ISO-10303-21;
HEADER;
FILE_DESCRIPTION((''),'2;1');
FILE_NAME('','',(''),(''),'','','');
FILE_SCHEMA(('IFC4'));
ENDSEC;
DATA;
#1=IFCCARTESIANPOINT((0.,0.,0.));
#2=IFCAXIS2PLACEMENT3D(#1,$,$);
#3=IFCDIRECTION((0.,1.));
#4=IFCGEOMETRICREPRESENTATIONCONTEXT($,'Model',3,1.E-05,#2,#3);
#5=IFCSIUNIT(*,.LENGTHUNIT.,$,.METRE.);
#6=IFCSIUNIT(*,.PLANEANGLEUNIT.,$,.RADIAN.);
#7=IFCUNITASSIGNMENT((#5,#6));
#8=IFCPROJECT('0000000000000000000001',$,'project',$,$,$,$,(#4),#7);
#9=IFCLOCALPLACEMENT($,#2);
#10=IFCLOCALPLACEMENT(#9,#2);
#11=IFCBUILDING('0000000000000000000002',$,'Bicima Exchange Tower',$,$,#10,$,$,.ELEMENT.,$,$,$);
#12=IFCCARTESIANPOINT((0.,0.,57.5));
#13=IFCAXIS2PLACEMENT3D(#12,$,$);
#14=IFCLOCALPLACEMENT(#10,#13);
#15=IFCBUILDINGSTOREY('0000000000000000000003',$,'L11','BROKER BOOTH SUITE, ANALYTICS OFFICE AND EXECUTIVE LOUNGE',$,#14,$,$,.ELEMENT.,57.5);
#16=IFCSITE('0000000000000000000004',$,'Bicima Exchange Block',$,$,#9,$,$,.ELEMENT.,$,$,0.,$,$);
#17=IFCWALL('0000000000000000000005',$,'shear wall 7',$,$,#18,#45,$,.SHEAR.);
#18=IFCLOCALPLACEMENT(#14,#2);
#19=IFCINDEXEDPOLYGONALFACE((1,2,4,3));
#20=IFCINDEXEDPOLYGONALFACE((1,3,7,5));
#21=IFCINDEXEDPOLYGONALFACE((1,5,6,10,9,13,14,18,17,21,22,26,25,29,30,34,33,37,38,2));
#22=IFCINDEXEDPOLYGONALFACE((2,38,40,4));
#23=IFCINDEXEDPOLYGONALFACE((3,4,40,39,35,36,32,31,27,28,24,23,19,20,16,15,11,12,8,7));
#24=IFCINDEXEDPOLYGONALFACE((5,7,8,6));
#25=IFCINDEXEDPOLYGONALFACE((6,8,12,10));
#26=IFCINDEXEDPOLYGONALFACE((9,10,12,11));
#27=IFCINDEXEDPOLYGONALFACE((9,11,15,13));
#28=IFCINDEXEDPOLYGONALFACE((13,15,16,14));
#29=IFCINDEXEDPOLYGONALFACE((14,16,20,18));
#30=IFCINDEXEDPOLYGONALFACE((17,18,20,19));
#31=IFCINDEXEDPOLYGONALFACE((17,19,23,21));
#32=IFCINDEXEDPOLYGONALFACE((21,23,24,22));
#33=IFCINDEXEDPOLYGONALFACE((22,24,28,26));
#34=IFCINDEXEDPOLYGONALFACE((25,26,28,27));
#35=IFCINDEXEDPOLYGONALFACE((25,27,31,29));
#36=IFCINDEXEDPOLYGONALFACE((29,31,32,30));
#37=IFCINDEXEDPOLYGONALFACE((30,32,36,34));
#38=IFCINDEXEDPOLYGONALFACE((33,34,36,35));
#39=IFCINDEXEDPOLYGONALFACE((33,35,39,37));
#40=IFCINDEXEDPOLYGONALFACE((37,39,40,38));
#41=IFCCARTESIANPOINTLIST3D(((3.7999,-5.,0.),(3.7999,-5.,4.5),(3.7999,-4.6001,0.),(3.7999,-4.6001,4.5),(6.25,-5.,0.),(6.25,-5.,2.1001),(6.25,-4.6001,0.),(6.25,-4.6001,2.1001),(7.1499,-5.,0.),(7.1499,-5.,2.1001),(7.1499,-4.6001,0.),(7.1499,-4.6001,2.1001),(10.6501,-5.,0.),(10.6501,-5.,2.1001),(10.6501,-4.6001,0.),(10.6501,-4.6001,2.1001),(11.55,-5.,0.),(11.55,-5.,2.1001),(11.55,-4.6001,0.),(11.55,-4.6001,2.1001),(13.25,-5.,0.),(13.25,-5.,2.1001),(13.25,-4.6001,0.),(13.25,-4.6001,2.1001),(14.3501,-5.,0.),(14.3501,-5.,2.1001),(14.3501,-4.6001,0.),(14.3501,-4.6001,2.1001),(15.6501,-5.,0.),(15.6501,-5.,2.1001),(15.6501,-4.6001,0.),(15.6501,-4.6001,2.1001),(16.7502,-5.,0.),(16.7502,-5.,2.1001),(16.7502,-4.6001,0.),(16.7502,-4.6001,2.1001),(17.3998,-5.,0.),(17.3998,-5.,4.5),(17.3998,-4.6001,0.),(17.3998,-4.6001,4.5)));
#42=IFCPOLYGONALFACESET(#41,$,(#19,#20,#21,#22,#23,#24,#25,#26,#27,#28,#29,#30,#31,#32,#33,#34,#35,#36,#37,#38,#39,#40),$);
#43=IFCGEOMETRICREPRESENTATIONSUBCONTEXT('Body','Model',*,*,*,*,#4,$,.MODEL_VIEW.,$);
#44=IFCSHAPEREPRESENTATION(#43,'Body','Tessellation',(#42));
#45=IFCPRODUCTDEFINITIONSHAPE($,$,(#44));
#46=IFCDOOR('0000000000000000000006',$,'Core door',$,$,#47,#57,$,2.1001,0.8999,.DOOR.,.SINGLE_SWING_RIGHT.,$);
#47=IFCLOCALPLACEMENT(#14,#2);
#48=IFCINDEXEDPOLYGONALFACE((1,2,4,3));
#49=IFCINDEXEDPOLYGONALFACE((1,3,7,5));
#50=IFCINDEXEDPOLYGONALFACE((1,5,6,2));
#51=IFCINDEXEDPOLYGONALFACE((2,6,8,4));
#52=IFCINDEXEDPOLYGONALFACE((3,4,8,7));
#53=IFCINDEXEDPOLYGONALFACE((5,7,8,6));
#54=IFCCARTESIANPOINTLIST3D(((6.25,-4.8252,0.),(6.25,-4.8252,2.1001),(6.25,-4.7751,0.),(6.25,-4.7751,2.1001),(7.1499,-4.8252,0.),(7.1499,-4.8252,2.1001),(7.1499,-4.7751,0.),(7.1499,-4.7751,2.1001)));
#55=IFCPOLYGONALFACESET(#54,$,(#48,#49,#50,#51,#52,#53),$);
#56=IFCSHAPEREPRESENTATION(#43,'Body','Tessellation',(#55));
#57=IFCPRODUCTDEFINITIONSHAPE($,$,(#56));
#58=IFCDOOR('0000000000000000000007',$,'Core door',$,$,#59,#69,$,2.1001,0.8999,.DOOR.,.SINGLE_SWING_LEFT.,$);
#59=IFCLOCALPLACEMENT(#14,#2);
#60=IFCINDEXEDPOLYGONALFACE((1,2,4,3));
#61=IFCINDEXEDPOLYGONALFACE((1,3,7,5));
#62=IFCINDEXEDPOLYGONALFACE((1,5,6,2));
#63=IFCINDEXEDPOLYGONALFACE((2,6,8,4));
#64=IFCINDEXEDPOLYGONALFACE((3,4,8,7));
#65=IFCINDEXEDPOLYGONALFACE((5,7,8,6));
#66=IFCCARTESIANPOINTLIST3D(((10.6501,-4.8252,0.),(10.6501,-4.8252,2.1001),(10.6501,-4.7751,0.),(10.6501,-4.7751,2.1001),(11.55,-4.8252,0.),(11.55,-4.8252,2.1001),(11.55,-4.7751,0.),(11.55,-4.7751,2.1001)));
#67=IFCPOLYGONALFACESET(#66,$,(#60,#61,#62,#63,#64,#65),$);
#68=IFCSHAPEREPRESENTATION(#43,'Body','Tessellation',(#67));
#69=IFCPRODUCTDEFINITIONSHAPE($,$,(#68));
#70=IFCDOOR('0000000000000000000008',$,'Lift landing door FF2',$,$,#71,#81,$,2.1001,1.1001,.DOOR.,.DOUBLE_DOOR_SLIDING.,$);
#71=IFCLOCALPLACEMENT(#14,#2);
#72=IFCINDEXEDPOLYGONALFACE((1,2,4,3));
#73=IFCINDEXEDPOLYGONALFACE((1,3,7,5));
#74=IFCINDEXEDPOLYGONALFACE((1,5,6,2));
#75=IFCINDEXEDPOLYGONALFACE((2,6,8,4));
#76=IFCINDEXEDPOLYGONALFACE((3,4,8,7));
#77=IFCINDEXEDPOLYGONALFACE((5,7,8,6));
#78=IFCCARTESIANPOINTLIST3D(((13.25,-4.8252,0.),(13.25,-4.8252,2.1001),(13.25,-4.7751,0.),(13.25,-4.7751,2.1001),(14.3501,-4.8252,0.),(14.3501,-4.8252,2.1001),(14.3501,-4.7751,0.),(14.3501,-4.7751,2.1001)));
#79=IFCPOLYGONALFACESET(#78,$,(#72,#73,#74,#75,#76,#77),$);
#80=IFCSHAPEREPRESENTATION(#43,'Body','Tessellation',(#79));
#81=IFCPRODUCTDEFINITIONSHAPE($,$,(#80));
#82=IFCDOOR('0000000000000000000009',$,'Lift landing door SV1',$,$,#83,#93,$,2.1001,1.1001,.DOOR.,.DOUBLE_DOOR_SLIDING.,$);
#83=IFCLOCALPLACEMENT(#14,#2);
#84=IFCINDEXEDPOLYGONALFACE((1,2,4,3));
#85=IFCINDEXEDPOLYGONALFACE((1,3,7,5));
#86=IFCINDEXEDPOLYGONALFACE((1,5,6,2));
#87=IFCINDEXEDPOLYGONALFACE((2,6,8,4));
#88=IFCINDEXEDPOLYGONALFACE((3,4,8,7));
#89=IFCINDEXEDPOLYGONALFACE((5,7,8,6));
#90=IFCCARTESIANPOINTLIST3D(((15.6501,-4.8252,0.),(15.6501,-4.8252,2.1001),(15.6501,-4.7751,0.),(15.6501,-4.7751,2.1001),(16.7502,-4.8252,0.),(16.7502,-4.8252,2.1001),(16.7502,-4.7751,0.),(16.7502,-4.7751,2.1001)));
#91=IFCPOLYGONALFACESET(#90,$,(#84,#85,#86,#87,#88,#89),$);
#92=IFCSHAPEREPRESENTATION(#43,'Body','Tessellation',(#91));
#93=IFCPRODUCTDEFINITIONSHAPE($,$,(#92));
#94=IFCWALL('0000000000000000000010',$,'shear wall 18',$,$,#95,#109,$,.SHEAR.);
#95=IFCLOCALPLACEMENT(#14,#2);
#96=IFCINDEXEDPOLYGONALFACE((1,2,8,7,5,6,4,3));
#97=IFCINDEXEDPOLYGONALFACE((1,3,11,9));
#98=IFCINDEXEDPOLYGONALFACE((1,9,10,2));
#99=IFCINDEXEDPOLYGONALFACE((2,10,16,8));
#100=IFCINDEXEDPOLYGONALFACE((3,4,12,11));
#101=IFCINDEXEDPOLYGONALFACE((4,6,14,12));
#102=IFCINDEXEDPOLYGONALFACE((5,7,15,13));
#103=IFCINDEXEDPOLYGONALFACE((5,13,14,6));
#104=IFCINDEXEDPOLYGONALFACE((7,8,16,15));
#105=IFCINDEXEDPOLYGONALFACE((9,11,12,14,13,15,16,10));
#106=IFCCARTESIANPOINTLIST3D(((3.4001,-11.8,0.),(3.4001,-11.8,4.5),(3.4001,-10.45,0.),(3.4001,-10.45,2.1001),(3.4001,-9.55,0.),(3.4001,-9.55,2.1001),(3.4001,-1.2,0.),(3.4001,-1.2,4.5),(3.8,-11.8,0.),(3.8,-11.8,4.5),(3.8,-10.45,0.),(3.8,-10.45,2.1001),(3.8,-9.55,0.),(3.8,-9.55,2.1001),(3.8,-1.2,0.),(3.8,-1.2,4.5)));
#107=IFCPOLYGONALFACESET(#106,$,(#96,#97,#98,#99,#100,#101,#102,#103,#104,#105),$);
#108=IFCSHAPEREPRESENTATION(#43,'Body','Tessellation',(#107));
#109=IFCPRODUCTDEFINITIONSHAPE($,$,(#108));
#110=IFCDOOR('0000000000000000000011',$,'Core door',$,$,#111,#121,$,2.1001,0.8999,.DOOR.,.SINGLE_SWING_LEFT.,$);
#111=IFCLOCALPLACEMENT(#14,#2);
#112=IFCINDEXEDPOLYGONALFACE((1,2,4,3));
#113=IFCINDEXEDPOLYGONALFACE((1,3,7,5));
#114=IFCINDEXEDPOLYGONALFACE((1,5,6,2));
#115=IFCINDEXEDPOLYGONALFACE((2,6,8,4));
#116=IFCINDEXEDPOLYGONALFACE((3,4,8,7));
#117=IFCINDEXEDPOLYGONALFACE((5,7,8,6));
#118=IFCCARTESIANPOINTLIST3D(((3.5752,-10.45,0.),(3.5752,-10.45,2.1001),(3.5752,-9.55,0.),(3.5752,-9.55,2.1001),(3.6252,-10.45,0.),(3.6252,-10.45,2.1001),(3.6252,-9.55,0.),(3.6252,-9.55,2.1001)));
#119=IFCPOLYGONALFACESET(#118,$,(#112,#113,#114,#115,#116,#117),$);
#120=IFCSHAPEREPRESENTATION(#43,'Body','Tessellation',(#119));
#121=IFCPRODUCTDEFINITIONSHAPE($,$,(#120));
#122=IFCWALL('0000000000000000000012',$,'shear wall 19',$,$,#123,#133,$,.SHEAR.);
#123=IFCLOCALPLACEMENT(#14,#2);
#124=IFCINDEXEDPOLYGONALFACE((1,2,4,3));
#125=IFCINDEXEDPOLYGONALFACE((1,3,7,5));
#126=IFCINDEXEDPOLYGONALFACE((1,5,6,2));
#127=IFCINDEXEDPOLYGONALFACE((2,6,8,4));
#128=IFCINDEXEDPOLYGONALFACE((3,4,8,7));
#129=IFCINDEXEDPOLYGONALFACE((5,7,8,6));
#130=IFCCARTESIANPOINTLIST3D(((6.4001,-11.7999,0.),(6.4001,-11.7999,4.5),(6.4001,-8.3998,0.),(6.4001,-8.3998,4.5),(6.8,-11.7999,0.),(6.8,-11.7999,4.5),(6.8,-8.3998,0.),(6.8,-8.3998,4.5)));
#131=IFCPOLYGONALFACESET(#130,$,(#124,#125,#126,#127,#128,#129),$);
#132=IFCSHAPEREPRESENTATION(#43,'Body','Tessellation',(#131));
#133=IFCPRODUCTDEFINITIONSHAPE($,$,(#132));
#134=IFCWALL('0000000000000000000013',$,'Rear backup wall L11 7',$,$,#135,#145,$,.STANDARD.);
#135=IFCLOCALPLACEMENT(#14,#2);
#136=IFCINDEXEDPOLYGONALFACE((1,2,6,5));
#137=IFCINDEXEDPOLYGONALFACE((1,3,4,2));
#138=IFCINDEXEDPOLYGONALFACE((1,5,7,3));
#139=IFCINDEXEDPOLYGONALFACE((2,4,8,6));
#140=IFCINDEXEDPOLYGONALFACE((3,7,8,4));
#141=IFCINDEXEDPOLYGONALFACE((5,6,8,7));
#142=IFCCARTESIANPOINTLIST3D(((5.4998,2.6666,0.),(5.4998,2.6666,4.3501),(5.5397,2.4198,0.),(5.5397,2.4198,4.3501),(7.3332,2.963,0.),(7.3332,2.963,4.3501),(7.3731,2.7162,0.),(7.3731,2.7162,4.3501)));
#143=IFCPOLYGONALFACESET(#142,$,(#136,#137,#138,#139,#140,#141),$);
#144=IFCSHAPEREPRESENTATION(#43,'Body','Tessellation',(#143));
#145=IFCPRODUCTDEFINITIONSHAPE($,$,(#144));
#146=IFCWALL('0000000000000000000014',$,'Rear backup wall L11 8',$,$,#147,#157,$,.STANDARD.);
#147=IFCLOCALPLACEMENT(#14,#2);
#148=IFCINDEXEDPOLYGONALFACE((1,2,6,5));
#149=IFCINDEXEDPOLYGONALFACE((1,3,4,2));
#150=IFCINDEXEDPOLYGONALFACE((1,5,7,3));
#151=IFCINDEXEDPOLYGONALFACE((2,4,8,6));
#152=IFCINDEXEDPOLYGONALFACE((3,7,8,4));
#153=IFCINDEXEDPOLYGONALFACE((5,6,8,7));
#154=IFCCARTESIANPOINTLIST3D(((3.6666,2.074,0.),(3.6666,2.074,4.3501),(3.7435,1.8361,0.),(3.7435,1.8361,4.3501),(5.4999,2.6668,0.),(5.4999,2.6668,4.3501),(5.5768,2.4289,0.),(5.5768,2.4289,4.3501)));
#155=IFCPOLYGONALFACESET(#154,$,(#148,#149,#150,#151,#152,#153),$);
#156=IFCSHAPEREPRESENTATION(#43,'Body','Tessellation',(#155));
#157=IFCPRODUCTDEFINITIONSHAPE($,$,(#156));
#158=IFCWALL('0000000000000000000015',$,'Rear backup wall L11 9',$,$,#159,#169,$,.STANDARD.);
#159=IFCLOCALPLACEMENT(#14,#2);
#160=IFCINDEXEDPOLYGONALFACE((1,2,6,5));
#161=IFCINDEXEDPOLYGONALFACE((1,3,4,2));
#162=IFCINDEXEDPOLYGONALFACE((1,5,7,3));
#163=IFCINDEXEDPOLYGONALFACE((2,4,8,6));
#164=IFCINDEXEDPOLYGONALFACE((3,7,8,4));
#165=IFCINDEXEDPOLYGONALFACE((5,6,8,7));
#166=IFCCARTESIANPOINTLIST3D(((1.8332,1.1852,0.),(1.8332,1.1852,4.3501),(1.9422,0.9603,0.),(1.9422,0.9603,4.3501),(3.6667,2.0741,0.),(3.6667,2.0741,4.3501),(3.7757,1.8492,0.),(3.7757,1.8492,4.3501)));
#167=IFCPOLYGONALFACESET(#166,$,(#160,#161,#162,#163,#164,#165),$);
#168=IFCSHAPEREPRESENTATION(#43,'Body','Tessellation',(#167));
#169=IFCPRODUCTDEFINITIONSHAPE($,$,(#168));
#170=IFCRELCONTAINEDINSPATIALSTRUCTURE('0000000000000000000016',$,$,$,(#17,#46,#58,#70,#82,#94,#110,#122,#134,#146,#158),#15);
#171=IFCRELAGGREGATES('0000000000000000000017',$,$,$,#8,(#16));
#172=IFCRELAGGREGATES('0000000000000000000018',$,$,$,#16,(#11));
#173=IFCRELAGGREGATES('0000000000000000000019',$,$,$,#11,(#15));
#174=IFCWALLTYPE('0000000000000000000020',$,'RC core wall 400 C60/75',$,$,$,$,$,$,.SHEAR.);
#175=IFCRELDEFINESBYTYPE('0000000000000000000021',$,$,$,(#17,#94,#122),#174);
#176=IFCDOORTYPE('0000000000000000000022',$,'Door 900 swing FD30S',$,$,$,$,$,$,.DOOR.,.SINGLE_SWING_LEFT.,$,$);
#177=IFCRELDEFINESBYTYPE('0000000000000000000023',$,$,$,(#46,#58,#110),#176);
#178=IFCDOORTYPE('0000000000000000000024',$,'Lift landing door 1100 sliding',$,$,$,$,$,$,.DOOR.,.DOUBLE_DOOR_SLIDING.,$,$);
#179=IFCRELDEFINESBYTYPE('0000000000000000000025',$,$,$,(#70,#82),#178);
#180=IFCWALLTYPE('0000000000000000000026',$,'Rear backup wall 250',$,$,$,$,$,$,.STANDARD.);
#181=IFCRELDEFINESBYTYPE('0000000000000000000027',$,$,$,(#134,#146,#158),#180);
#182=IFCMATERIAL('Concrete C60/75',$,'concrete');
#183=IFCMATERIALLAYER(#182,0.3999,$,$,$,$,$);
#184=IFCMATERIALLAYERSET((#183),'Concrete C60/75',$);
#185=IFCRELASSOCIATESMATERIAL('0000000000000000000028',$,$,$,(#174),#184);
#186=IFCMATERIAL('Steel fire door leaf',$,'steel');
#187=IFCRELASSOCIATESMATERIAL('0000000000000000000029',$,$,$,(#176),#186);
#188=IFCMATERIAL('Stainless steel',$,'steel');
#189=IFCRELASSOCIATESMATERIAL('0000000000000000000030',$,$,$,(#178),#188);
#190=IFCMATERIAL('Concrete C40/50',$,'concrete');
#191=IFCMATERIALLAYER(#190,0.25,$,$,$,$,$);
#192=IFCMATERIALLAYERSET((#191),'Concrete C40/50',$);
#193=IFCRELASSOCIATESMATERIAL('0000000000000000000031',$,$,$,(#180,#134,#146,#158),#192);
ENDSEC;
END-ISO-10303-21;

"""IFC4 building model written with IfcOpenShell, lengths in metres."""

from ifc_helpers import new_model, si_unit, direction, frame, frame_2d, origin, place, context, subcontext, project, spatial, rectangle, extrude, material, layer, layer_set, layer_usage, type_object, element, fill, save


model = new_model("IFC4")

# Units and contexts
model_context = context("Model", 3, precision=1e-05, world=origin(), true_north=direction((0.0, 1.0)))
body_context = subcontext(model_context, "Body", "Model", "MODEL_VIEW")
ifc_project = project(units=[si_unit("LENGTHUNIT", "METRE"), si_unit("PLANEANGLEUNIT", "RADIAN")], contexts=[model_context])

# Site, building, storey
site_placement = place(None, origin())
site = spatial("IfcSite", under=ifc_project, at=site_placement, Name="Bicima Exchange Block", CompositionType="ELEMENT", RefElevation=0.0)
building_placement = place(site_placement, origin())
building = spatial("IfcBuilding", under=site, at=building_placement, Name="Bicima Exchange Tower", CompositionType="ELEMENT")
storey_placement = place(building_placement, frame((0.0, 0.0, 57.5)))
storey = spatial("IfcBuildingStorey", under=building, at=storey_placement, Name="L11", Description="BROKER BOOTH SUITE, ANALYTICS OFFICE AND EXECUTIVE LOUNGE", CompositionType="ELEMENT", Elevation=57.5)

# Shared definitions
ifc_material_1 = material(Name="Concrete C60/75", Category="concrete")
ifc_layer_1 = layer(ifc_material_1, 0.3999)
ifc_layer_set_1 = layer_set([ifc_layer_1], Name="Concrete C60/75")
wall_type_1 = type_object("IfcWallType", Name="RC core wall 400 C60/75", PredefinedType="SHEAR", material=ifc_layer_set_1)
ifc_material_2 = material(Name="Steel fire door leaf", Category="steel")
door_type_1 = type_object("IfcDoorType", Name="Door 900 swing FD30S", OperationType="SINGLE_SWING_LEFT", PredefinedType="DOOR", material=ifc_material_2)

# Wall, openings, doors
wall_1_placement = place(storey_placement, frame((3.8, -4.8, 0.0), z_axis=(0.0, 0.0, 1.0), x_axis=(1.0, 0.0, 0.0)))
wall_1 = element("IfcWall", 1, at=wall_1_placement, inside=storey, type_object=wall_type_1, Name="shear wall 7", PredefinedType="SHEAR", context=body_context, shape_type="SweptSolid", body=[
    extrude(rectangle(XDim=13.5999, YDim=0.3999, at=frame_2d((6.7998, 0.0))), origin(), (0.0, 0.0, 1.0), 4.5),
])
opening_1_placement = place(wall_1_placement, frame((9.45, 0.0, 0.0)))
opening_1 = element("IfcOpeningElement", 2, at=opening_1_placement, cuts=wall_1, PredefinedType="OPENING", context=body_context, shape_type="SweptSolid", body=[
    extrude(rectangle(XDim=1.1001, YDim=2.1001, at=frame_2d((0.55, 1.05))), frame((0.0, 0.2119, 0.0), z_axis=(0.0, -1.0, 0.0), x_axis=(1.0, 0.0, 0.0)), (0.0, 0.0, 1.0), 0.4238),
])
opening_2_placement = place(wall_1_placement, frame((11.8501, 0.0, 0.0)))
opening_2 = element("IfcOpeningElement", 3, at=opening_2_placement, cuts=wall_1, PredefinedType="OPENING", context=body_context, shape_type="SweptSolid", body=[
    extrude(rectangle(XDim=1.1001, YDim=2.1001, at=frame_2d((0.55, 1.05))), frame((0.0, 0.2119, 0.0), z_axis=(0.0, -1.0, 0.0), x_axis=(1.0, 0.0, 0.0)), (0.0, 0.0, 1.0), 0.4238),
])
opening_3_placement = place(wall_1_placement, frame((2.45, 0.0, 0.0)))
opening_3 = element("IfcOpeningElement", 4, at=opening_3_placement, cuts=wall_1, PredefinedType="OPENING", context=body_context, shape_type="SweptSolid", body=[
    extrude(rectangle(XDim=0.8999, YDim=2.1001, at=frame_2d((0.45, 1.05))), frame((0.0, 0.2119, 0.0), z_axis=(0.0, -1.0, 0.0), x_axis=(1.0, 0.0, 0.0)), (0.0, 0.0, 1.0), 0.4238),
])
opening_4_placement = place(wall_1_placement, frame((6.8501, 0.0, 0.0)))
opening_4 = element("IfcOpeningElement", 5, at=opening_4_placement, cuts=wall_1, PredefinedType="OPENING", context=body_context, shape_type="SweptSolid", body=[
    extrude(rectangle(XDim=0.8999, YDim=2.1001, at=frame_2d((0.45, 1.05))), frame((0.0, 0.2119, 0.0), z_axis=(0.0, -1.0, 0.0), x_axis=(1.0, 0.0, 0.0)), (0.0, 0.0, 1.0), 0.4238),
])
door_1_placement = place(opening_3_placement, origin())
door_1 = element("IfcDoor", 6, at=door_1_placement, inside=storey, type_object=door_type_1, Name="Core door", OperationType="SINGLE_SWING_RIGHT", OverallHeight=2.1001, OverallWidth=0.8999, PredefinedType="DOOR", context=body_context, shape_type="SweptSolid", body=[
    extrude(rectangle(XDim=0.8999, YDim=2.1001, at=frame_2d((0.45, 1.05))), frame((0.0, 0.0249, 0.0), z_axis=(0.0, -1.0, 0.0), x_axis=(1.0, 0.0, 0.0)), (0.0, 0.0, 1.0), 0.05),
])
fill(opening_3, door_1)
door_2_placement = place(opening_4_placement, origin())
door_2 = element("IfcDoor", 7, at=door_2_placement, inside=storey, type_object=door_type_1, Name="Core door", OperationType="SINGLE_SWING_LEFT", OverallHeight=2.1001, OverallWidth=0.8999, PredefinedType="DOOR", context=body_context, shape_type="SweptSolid", body=[
    extrude(rectangle(XDim=0.8999, YDim=2.1001, at=frame_2d((0.45, 1.05))), frame((0.0, 0.0249, 0.0), z_axis=(0.0, -1.0, 0.0), x_axis=(1.0, 0.0, 0.0)), (0.0, 0.0, 1.0), 0.05),
])
fill(opening_4, door_2)
ifc_material_3 = material(Name="Stainless steel", Category="steel")
door_type_2 = type_object("IfcDoorType", Name="Lift landing door 1100 sliding", OperationType="DOUBLE_DOOR_SLIDING", PredefinedType="DOOR", material=ifc_material_3)
door_3_placement = place(opening_1_placement, origin())
door_3 = element("IfcDoor", 8, at=door_3_placement, inside=storey, type_object=door_type_2, Name="Lift landing door FF2", OperationType="DOUBLE_DOOR_SLIDING", OverallHeight=2.1001, OverallWidth=1.1001, PredefinedType="DOOR", context=body_context, shape_type="SweptSolid", body=[
    extrude(rectangle(XDim=1.1001, YDim=2.1001, at=frame_2d((0.55, 1.05))), frame((0.0, 0.0249, 0.0), z_axis=(0.0, -1.0, 0.0), x_axis=(1.0, 0.0, 0.0)), (0.0, 0.0, 1.0), 0.05),
])
fill(opening_1, door_3)
door_4_placement = place(opening_2_placement, origin())
door_4 = element("IfcDoor", 9, at=door_4_placement, inside=storey, type_object=door_type_2, Name="Lift landing door SV1", OperationType="DOUBLE_DOOR_SLIDING", OverallHeight=2.1001, OverallWidth=1.1001, PredefinedType="DOOR", context=body_context, shape_type="SweptSolid", body=[
    extrude(rectangle(XDim=1.1001, YDim=2.1001, at=frame_2d((0.55, 1.05))), frame((0.0, 0.0249, 0.0), z_axis=(0.0, -1.0, 0.0), x_axis=(1.0, 0.0, 0.0)), (0.0, 0.0, 1.0), 0.05),
])
fill(opening_2, door_4)

# Wall, opening, door
wall_2_placement = place(storey_placement, frame((3.6001, -11.8, 0.0), z_axis=(0.0, 0.0, 1.0), x_axis=(0.0, 1.0, 0.0)))
wall_2 = element("IfcWall", 10, at=wall_2_placement, inside=storey, type_object=wall_type_1, Name="shear wall 18", PredefinedType="SHEAR", context=body_context, shape_type="SweptSolid", body=[
    extrude(rectangle(XDim=10.6001, YDim=0.3999, at=frame_2d((5.3, 0.0))), origin(), (0.0, 0.0, 1.0), 4.5),
])
opening_5_placement = place(wall_2_placement, frame((1.3501, 0.0, 0.0)))
opening_5 = element("IfcOpeningElement", 11, at=opening_5_placement, cuts=wall_2, PredefinedType="OPENING", context=body_context, shape_type="SweptSolid", body=[
    extrude(rectangle(XDim=0.8999, YDim=2.1001, at=frame_2d((0.45, 1.05))), frame((0.0, 0.2119, 0.0), z_axis=(0.0, -1.0, 0.0), x_axis=(1.0, 0.0, 0.0)), (0.0, 0.0, 1.0), 0.4238),
])
door_5_placement = place(opening_5_placement, origin())
door_5 = element("IfcDoor", 12, at=door_5_placement, inside=storey, type_object=door_type_1, Name="Core door", OperationType="SINGLE_SWING_LEFT", OverallHeight=2.1001, OverallWidth=0.8999, PredefinedType="DOOR", context=body_context, shape_type="SweptSolid", body=[
    extrude(rectangle(XDim=0.8999, YDim=2.1001, at=frame_2d((0.45, 1.05))), frame((0.0, 0.0249, 0.0), z_axis=(0.0, -1.0, 0.0), x_axis=(1.0, 0.0, 0.0)), (0.0, 0.0, 1.0), 0.05),
])
fill(opening_5, door_5)

# Walls
wall_3_placement = place(storey_placement, frame((6.6001, -11.8, 0.0), z_axis=(0.0, 0.0, 1.0), x_axis=(0.0, 1.0, 0.0)))
element("IfcWall", 13, at=wall_3_placement, inside=storey, type_object=wall_type_1, Name="shear wall 19", PredefinedType="SHEAR", context=body_context, shape_type="SweptSolid", body=[
    extrude(rectangle(XDim=3.4001, YDim=0.3999, at=frame_2d((1.7002, 0.0))), origin(), (0.0, 0.0, 1.0), 4.5),
])
ifc_material_4 = material(Name="Concrete C40/50", Category="concrete")
ifc_layer_2 = layer(ifc_material_4, 0.25)
ifc_layer_set_2 = layer_set([ifc_layer_2], Name="Concrete C40/50")
ifc_layer_usage = layer_usage(ifc_layer_set_2, "AXIS2", "POSITIVE", -0.125)
wall_type_2 = type_object("IfcWallType", Name="Rear backup wall 250", PredefinedType="STANDARD", material=ifc_layer_set_2)
wall_4_placement = place(storey_placement, frame((7.3533, 2.8396, 0.0), z_axis=(0.0, 0.0, 1.0), x_axis=(-0.987182, -0.1596, 0.0)))
element("IfcWall", 14, at=wall_4_placement, inside=storey, type_object=wall_type_2, material=ifc_layer_usage, Name="Rear backup wall L11 7", PredefinedType="STANDARD", context=body_context, shape_type="SweptSolid", body=[
    extrude(rectangle(XDim=1.8572, YDim=0.25, at=frame_2d((0.9287, 0.0))), origin(), (0.0, 0.0, 1.0), 4.3501),
])
wall_5_placement = place(storey_placement, frame((5.5383, 2.5479, 0.0), z_axis=(0.0, 0.0, 1.0), x_axis=(-0.951496, -0.307662, 0.0)))
element("IfcWall", 15, at=wall_5_placement, inside=storey, type_object=wall_type_2, material=ifc_layer_usage, Name="Rear backup wall L11 8", PredefinedType="STANDARD", context=body_context, shape_type="SweptSolid", body=[
    extrude(rectangle(XDim=1.9268, YDim=0.25, at=frame_2d((0.9634, 0.0))), origin(), (0.0, 0.0, 1.0), 4.3501),
])
wall_6_placement = place(storey_placement, frame((3.7212, 1.9617, 0.0), z_axis=(0.0, 0.0, 1.0), x_axis=(-0.899824, -0.436253, 0.0)))
element("IfcWall", 16, at=wall_6_placement, inside=storey, type_object=wall_type_2, material=ifc_layer_usage, Name="Rear backup wall L11 9", PredefinedType="STANDARD", context=body_context, shape_type="SweptSolid", body=[
    extrude(rectangle(XDim=2.0376, YDim=0.25, at=frame_2d((1.0188, 0.0))), origin(), (0.0, 0.0, 1.0), 4.3501),
])

save(model, "model.ifc")
